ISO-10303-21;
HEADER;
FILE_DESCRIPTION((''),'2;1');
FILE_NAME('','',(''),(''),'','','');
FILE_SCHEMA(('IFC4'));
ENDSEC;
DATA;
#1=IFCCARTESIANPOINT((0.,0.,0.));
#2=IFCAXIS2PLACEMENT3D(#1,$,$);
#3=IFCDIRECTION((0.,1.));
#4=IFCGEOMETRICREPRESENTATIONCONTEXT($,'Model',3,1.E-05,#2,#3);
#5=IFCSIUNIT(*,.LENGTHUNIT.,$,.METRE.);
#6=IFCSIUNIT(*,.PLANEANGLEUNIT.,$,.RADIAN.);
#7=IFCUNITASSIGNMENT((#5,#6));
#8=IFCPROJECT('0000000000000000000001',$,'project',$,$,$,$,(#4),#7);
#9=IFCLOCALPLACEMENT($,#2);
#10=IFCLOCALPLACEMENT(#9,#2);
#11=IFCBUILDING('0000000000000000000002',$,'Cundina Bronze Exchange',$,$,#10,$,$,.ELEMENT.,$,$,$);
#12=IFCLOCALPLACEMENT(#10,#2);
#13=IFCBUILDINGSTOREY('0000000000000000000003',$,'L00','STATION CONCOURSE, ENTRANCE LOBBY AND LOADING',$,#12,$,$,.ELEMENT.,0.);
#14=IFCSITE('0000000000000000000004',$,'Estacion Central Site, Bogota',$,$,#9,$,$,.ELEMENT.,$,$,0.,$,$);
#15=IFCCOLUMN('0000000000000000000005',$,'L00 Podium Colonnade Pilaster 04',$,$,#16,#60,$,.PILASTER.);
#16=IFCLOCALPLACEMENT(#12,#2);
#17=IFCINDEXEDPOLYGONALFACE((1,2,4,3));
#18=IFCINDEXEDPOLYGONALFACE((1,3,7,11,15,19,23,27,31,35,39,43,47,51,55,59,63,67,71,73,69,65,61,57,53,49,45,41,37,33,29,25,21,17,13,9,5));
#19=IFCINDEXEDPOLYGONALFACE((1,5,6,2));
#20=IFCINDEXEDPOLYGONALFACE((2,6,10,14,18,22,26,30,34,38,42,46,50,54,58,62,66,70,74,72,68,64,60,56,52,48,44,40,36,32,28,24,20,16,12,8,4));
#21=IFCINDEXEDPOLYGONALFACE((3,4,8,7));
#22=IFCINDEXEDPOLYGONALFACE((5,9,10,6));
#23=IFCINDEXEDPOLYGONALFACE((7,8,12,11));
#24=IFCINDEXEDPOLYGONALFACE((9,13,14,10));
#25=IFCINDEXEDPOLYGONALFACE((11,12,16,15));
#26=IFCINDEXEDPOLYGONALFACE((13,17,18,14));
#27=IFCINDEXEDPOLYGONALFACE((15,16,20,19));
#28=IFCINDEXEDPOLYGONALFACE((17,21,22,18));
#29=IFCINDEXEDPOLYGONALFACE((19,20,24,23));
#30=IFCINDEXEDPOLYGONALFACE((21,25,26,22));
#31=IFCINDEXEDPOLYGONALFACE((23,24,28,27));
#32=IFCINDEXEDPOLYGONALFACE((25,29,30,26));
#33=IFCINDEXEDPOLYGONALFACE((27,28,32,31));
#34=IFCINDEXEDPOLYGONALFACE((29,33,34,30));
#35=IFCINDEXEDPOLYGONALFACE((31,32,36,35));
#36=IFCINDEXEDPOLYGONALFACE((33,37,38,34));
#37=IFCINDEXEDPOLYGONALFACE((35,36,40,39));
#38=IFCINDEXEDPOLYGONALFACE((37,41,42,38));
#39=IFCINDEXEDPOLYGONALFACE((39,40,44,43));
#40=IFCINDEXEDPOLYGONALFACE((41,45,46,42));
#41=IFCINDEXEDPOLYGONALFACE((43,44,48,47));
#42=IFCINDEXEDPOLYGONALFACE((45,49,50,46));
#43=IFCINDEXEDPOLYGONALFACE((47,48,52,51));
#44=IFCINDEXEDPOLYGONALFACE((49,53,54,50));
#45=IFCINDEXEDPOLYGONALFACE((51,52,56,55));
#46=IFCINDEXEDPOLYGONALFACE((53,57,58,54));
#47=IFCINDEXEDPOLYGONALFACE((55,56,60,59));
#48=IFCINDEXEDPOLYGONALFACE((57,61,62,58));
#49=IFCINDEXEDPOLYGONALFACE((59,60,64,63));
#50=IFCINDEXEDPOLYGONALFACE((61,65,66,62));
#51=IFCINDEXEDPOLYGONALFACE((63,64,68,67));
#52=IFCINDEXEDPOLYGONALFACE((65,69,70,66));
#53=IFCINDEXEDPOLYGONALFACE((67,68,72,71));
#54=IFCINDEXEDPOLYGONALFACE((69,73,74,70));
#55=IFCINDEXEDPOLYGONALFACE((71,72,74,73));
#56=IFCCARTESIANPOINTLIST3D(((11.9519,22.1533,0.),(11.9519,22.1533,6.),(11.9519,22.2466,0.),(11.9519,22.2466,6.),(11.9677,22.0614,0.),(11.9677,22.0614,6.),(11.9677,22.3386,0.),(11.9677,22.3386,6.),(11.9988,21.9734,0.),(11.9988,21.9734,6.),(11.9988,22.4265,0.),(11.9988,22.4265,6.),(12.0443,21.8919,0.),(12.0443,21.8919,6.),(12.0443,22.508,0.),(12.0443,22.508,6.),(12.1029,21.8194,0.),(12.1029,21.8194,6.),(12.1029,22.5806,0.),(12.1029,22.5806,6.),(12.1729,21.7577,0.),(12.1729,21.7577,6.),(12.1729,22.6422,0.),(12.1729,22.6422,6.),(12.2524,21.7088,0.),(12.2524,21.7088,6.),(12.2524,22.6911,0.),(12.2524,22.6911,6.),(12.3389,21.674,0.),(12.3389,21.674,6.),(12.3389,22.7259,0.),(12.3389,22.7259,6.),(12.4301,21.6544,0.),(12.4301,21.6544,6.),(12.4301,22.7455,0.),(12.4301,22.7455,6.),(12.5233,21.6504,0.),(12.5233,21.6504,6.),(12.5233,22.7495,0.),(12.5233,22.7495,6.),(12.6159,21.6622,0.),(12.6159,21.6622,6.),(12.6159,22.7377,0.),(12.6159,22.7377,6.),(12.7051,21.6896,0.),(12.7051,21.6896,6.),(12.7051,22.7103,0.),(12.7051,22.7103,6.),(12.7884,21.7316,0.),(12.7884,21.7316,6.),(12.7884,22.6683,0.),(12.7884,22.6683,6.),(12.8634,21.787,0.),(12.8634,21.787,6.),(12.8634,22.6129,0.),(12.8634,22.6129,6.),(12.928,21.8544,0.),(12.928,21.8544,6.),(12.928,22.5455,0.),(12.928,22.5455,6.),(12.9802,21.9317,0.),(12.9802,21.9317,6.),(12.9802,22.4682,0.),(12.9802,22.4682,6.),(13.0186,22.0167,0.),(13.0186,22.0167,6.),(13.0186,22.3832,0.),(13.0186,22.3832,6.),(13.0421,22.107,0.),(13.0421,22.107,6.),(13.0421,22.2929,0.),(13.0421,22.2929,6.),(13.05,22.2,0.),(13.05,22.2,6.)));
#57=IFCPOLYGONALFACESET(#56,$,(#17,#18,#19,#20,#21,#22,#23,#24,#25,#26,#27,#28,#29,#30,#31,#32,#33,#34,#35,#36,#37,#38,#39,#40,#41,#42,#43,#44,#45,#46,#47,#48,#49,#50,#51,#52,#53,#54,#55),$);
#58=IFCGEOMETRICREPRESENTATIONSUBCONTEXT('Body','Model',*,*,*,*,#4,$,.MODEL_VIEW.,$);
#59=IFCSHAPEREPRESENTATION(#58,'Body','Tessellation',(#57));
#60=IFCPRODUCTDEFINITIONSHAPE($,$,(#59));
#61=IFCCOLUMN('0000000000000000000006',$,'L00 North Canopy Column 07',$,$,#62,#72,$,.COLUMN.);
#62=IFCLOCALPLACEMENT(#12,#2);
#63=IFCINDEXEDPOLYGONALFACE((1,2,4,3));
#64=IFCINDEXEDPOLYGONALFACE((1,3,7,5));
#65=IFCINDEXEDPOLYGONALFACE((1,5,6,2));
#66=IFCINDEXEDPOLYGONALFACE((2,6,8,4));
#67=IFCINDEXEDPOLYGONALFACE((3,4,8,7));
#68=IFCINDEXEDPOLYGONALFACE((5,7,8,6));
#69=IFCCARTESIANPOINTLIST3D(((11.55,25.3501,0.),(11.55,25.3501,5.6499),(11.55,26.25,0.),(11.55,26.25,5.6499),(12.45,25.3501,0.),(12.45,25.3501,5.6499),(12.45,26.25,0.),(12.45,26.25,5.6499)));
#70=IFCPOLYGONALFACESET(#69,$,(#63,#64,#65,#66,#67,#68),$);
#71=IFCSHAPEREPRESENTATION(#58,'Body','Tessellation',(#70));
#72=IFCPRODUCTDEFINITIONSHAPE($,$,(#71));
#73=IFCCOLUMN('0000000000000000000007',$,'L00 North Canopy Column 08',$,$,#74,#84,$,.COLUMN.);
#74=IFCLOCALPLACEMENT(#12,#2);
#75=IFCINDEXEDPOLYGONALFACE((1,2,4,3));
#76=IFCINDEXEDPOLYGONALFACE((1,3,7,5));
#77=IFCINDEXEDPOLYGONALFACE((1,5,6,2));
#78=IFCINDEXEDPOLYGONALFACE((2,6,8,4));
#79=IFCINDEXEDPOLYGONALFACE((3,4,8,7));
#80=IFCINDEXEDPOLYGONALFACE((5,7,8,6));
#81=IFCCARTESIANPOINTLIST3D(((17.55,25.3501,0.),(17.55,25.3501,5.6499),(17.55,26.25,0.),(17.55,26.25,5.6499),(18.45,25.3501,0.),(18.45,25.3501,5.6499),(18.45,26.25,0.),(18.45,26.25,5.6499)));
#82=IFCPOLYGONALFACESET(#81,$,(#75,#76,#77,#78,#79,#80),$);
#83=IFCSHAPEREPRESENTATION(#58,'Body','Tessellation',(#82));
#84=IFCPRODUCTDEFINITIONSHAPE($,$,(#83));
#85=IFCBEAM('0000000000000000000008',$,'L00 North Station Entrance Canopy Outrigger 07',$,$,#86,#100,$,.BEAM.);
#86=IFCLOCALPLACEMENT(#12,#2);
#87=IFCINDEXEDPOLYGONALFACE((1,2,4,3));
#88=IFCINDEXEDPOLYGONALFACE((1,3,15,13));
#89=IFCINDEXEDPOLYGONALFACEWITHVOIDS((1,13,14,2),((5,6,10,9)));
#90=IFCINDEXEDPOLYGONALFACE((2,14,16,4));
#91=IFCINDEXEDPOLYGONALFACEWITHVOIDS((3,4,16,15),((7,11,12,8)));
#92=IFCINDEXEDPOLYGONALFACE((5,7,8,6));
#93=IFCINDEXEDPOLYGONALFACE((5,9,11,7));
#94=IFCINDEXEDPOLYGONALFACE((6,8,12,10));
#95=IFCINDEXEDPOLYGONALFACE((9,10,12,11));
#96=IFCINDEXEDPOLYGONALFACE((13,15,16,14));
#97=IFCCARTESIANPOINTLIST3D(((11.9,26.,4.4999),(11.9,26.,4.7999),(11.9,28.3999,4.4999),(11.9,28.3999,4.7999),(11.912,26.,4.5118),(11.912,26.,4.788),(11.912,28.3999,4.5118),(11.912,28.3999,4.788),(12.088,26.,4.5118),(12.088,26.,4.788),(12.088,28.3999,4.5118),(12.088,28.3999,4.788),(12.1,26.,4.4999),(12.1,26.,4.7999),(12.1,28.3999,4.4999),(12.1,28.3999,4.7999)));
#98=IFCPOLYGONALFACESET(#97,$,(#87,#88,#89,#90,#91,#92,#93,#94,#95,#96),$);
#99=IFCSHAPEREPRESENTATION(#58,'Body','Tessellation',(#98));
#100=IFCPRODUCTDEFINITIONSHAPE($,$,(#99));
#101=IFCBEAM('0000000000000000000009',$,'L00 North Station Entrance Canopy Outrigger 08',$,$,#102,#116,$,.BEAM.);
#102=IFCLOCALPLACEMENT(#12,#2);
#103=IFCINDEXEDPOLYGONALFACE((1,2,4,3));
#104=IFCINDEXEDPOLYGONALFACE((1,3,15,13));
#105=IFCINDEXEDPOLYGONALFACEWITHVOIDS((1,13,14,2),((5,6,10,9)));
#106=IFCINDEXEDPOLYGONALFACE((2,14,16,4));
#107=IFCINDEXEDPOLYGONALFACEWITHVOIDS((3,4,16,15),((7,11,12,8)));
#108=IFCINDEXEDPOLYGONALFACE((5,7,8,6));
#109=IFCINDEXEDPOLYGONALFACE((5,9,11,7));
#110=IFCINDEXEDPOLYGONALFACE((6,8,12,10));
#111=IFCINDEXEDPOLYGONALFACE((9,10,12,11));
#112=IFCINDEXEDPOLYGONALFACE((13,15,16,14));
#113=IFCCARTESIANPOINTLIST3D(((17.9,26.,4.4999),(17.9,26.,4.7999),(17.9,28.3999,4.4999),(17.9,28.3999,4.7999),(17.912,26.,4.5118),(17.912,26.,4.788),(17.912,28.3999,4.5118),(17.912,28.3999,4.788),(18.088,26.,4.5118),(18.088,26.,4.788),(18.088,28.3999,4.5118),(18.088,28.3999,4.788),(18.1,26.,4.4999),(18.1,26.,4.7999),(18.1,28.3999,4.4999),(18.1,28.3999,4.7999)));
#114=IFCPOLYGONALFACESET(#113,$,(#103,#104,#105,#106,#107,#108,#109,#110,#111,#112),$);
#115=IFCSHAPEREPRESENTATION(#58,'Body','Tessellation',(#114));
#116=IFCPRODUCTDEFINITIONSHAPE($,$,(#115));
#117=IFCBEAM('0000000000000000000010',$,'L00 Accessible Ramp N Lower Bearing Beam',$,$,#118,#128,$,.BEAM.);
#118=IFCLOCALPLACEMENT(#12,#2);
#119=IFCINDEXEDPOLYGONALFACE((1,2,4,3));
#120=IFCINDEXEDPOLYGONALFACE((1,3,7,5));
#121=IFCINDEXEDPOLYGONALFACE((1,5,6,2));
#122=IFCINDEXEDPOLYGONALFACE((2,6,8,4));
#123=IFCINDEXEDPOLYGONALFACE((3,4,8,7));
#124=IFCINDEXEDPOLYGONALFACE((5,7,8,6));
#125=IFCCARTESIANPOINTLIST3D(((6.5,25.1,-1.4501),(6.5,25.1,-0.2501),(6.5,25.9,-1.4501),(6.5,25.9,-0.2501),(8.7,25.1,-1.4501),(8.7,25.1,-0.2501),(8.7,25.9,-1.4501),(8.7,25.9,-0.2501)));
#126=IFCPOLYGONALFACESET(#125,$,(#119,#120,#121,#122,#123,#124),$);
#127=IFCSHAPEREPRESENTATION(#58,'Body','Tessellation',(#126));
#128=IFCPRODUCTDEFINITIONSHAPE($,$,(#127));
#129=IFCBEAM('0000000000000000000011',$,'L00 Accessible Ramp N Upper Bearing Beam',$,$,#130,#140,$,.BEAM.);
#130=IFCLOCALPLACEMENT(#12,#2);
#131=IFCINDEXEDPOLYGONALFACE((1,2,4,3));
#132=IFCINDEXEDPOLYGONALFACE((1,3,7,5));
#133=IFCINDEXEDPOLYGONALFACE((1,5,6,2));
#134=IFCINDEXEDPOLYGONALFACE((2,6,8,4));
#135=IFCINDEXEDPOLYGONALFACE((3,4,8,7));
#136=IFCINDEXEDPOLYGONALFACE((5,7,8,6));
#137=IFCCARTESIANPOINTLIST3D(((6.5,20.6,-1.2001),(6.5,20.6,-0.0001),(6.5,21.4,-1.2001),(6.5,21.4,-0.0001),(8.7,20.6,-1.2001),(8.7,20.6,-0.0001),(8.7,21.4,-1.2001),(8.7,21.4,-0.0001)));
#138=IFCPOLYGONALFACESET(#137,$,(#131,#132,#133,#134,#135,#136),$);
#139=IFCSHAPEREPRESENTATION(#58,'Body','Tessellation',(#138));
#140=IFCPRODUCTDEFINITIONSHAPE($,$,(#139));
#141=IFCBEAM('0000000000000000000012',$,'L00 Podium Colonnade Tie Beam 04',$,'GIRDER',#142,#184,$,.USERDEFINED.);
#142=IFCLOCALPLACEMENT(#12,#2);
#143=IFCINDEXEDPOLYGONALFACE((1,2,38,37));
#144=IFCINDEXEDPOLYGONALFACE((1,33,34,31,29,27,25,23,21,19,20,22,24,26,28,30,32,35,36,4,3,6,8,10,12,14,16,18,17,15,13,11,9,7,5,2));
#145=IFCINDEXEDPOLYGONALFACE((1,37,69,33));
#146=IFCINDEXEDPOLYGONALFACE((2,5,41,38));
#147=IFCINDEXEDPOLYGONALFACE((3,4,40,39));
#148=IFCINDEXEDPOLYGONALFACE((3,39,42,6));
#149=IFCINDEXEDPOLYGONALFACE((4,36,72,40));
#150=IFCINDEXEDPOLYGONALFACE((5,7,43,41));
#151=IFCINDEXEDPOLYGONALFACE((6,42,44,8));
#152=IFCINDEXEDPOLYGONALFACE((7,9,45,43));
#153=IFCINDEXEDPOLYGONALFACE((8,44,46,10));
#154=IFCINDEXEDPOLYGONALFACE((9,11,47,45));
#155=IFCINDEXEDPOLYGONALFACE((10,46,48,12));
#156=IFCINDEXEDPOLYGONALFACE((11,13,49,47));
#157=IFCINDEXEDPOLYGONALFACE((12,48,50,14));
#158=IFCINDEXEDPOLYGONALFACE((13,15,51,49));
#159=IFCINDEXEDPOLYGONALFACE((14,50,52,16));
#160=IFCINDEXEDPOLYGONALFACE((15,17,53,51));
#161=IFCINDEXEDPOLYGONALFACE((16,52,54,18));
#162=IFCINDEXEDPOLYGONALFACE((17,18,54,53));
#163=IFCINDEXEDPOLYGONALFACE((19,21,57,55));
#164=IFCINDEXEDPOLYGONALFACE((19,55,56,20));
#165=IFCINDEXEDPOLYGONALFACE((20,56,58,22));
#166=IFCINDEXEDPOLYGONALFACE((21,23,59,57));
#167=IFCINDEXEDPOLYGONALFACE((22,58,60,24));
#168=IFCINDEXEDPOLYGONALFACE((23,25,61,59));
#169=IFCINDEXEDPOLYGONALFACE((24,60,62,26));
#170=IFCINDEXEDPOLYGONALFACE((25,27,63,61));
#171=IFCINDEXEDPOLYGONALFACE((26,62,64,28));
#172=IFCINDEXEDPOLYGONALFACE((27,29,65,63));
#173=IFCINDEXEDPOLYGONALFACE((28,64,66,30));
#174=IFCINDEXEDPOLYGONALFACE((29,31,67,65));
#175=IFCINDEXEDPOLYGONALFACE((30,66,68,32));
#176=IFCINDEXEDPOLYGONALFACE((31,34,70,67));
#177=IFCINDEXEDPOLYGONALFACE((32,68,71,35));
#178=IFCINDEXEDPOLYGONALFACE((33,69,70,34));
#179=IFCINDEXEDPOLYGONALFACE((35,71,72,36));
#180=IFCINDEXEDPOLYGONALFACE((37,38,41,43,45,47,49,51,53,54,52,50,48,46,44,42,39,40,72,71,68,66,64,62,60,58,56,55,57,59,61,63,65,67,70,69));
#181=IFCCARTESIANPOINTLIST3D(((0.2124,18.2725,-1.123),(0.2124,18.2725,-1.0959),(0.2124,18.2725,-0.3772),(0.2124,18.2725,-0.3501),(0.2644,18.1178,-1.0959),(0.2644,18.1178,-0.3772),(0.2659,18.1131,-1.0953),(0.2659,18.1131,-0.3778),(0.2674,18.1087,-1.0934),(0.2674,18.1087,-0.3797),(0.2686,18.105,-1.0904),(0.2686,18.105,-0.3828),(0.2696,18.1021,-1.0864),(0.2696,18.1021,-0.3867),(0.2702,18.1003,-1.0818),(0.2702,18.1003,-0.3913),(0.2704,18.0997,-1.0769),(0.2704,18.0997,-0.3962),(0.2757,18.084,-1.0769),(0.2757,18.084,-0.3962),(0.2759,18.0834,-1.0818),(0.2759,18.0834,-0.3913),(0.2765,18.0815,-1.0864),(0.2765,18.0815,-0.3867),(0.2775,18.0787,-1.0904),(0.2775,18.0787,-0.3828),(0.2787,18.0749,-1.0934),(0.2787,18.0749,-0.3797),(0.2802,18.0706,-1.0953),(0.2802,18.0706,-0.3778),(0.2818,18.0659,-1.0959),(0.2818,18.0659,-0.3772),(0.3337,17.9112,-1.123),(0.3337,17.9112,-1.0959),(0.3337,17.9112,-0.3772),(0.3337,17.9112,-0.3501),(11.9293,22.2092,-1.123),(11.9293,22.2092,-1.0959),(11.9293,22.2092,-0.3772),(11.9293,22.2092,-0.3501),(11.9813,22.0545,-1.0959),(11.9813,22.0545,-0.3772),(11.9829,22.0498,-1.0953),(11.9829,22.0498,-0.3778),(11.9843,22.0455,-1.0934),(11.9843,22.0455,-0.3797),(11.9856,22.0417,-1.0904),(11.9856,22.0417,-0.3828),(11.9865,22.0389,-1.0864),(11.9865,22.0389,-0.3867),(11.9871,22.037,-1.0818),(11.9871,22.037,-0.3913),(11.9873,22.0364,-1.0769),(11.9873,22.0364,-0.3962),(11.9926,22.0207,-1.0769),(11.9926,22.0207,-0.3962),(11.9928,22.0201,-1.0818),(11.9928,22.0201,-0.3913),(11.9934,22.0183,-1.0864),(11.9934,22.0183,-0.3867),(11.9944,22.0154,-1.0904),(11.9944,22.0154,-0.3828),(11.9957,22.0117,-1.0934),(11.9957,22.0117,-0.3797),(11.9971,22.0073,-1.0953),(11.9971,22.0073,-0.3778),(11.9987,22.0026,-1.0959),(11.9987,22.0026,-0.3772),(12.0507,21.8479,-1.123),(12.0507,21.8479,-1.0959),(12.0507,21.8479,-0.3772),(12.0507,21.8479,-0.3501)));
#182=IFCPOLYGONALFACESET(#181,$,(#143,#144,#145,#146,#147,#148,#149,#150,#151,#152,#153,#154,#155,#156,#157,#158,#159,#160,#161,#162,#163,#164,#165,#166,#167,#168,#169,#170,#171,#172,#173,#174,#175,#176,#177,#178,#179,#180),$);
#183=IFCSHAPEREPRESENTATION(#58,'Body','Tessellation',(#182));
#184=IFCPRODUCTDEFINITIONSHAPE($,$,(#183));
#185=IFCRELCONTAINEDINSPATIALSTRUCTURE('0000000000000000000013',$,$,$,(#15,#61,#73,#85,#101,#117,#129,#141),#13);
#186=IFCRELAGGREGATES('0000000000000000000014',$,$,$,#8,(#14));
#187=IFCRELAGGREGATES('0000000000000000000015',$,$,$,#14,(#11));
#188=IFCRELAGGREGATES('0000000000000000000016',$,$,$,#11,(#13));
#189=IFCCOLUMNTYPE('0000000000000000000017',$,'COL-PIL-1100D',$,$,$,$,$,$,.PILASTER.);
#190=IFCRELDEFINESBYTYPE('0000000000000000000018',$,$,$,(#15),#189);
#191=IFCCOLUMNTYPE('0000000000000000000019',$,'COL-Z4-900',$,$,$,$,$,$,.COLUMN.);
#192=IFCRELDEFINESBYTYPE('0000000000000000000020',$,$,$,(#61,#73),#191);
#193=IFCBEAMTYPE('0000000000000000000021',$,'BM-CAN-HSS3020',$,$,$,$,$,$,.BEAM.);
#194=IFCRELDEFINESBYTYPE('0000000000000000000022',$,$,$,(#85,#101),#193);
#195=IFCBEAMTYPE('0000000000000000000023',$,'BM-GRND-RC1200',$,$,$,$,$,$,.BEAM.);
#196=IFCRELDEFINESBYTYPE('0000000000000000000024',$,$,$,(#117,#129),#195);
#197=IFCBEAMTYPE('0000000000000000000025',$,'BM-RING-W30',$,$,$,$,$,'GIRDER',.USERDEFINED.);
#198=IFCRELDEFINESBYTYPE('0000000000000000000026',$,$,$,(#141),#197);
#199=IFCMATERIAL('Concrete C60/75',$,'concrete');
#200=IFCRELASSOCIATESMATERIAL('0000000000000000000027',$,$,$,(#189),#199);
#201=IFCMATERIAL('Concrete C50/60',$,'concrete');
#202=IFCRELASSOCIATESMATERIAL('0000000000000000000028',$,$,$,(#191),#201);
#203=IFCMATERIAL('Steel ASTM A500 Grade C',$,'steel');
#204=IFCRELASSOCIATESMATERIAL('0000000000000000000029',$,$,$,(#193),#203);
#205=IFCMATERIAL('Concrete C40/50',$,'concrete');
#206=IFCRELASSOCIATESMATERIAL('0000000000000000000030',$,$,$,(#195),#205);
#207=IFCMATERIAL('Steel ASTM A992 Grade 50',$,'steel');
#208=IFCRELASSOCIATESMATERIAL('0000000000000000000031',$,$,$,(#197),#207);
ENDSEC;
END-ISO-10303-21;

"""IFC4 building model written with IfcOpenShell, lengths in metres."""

from ifc_helpers import new_model, si_unit, direction, frame, origin, origin_2d, place, context, subcontext, project, spatial, rectangle, hollow_rectangle, circle, i_section, extrude, material, material_profile, profile_set, type_object, element, save


model = new_model("IFC4")

# Units and contexts
model_context = context("Model", 3, precision=1e-05, world=origin(), true_north=direction((0.0, 1.0)))
body_context = subcontext(model_context, "Body", "Model", "MODEL_VIEW")
ifc_project = project(units=[si_unit("LENGTHUNIT", "METRE"), si_unit("PLANEANGLEUNIT", "RADIAN")], contexts=[model_context])

# Site, building, storey
site_placement = place(None, origin())
site = spatial("IfcSite", under=ifc_project, at=site_placement, Name="Estacion Central Site, Bogota", CompositionType="ELEMENT", RefElevation=0.0)
building_placement = place(site_placement, origin())
building = spatial("IfcBuilding", under=site, at=building_placement, Name="Cundina Bronze Exchange", CompositionType="ELEMENT")
storey_placement = place(building_placement, origin())
storey = spatial("IfcBuildingStorey", under=building, at=storey_placement, Name="L00", Description="STATION CONCOURSE, ENTRANCE LOBBY AND LOADING", CompositionType="ELEMENT", Elevation=0.0)

# Columns
ifc_material_1 = material(Name="Concrete C60/75", Category="concrete")
ifc_material_profile_1 = material_profile(ifc_material_1, circle(Radius=0.55, at=origin_2d()), Name="RC1100D", Category="concrete")
ifc_profile_set_1 = profile_set([ifc_material_profile_1], Name="Concrete C60/75")
column_type_1 = type_object("IfcColumnType", Name="COL-PIL-1100D", PredefinedType="PILASTER", material=ifc_profile_set_1)
column_placement = place(storey_placement, frame((12.5, 22.2, 0.0), z_axis=(0.0, 0.0, 1.0), x_axis=(1.0, 0.0, 0.0)))
element("IfcColumn", 1, at=column_placement, inside=storey, type_object=column_type_1, Name="L00 Podium Colonnade Pilaster 04", PredefinedType="PILASTER", context=body_context, shape_type="SweptSolid", body=[
    extrude(circle(Radius=0.55, at=origin_2d()), origin(), (0.0, 0.0, 1.0), 6.0),
])
ifc_material_2 = material(Name="Concrete C50/60", Category="concrete")
ifc_material_profile_2 = material_profile(ifc_material_2, rectangle(XDim=0.8999, YDim=0.8999, at=origin_2d()), Name="RC900X900", Category="concrete")
ifc_profile_set_2 = profile_set([ifc_material_profile_2], Name="Concrete C50/60")
column_type_2 = type_object("IfcColumnType", Name="COL-Z4-900", PredefinedType="COLUMN", material=ifc_profile_set_2)
for number, where, z_axis, x_axis, name in (
    (2, (12.0, 25.8, 0.0), (0.0, 0.0, 1.0), (1.0, 0.0, 0.0), "L00 North Canopy Column 07"),
    (3, (18.0, 25.8, 0.0), (0.0, 0.0, 1.0), (1.0, 0.0, 0.0), "L00 North Canopy Column 08"),
):
    element("IfcColumn", number, at=place(storey_placement, frame(where, z_axis=z_axis, x_axis=x_axis)), inside=storey, type_object=column_type_2, Name=name, PredefinedType="COLUMN", context=body_context, shape_type="SweptSolid", body=[
        extrude(rectangle(XDim=0.8999, YDim=0.8999, at=origin_2d()), origin(), (0.0, 0.0, 1.0), 5.6499),
    ])

# Beams
ifc_material_3 = material(Name="Steel ASTM A500 Grade C", Category="steel")
ifc_material_profile_3 = material_profile(ifc_material_3, hollow_rectangle(XDim=0.2, YDim=0.3, WallThickness=0.012, at=origin_2d()), Name="HSS300X200X12", Category="steel")
ifc_profile_set_3 = profile_set([ifc_material_profile_3], Name="Steel ASTM A500 Grade C")
beam_type_1 = type_object("IfcBeamType", Name="BM-CAN-HSS3020", PredefinedType="BEAM", material=ifc_profile_set_3)
for number, where, z_axis, x_axis, name in (
    (4, (12.0, 26.0, 4.6499), (0.0, 1.0, 0.0), (-1.0, 0.0, 0.0), "L00 North Station Entrance Canopy Outrigger 07"),
    (5, (18.0, 26.0, 4.6499), (0.0, 1.0, 0.0), (-1.0, 0.0, 0.0), "L00 North Station Entrance Canopy Outrigger 08"),
):
    element("IfcBeam", number, at=place(storey_placement, frame(where, z_axis=z_axis, x_axis=x_axis)), inside=storey, type_object=beam_type_1, Name=name, PredefinedType="BEAM", context=body_context, shape_type="SweptSolid", body=[
        extrude(hollow_rectangle(XDim=0.2, YDim=0.3, WallThickness=0.012, at=origin_2d()), origin(), (0.0, 0.0, 1.0), 2.3999),
    ])
ifc_material_4 = material(Name="Concrete C40/50", Category="concrete")
ifc_material_profile_4 = material_profile(ifc_material_4, rectangle(XDim=0.8, YDim=1.2, at=origin_2d()), Name="RC800X1200", Category="concrete")
ifc_profile_set_4 = profile_set([ifc_material_profile_4], Name="Concrete C40/50")
beam_type_2 = type_object("IfcBeamType", Name="BM-GRND-RC1200", PredefinedType="BEAM", material=ifc_profile_set_4)
for number, where, z_axis, x_axis, name in (
    (6, (6.5, 25.5, -0.8501), (1.0, 0.0, 0.0), (0.0, 1.0, 0.0), "L00 Accessible Ramp N Lower Bearing Beam"),
    (7, (6.5, 21.0, -0.6001), (1.0, 0.0, 0.0), (0.0, 1.0, 0.0), "L00 Accessible Ramp N Upper Bearing Beam"),
):
    element("IfcBeam", number, at=place(storey_placement, frame(where, z_axis=z_axis, x_axis=x_axis)), inside=storey, type_object=beam_type_2, Name=name, PredefinedType="BEAM", context=body_context, shape_type="SweptSolid", body=[
        extrude(rectangle(XDim=0.8, YDim=1.2, at=origin_2d()), origin(), (0.0, 0.0, 1.0), 2.2),
    ])
ifc_material_5 = material(Name="Steel ASTM A992 Grade 50", Category="steel")
ifc_material_profile_5 = material_profile(ifc_material_5, i_section(OverallWidth=0.3811, OverallDepth=0.7729, WebThickness=0.0166, FlangeThickness=0.0271, FilletRadius=0.019, at=origin_2d()), Name="W30X173", Category="steel")
ifc_profile_set_5 = profile_set([ifc_material_profile_5], Name="Steel ASTM A992 Grade 50")
beam_type_3 = type_object("IfcBeamType", Name="BM-RING-W30", ElementType="GIRDER", PredefinedType="USERDEFINED", material=ifc_profile_set_5)
beam_placement = place(storey_placement, frame((11.99, 22.0286, -0.7366), z_axis=(-0.947926, -0.31849, 0.0), x_axis=(0.31849, -0.947926, 0.0)))
element("IfcBeam", 8, at=beam_placement, inside=storey, type_object=beam_type_3, Name="L00 Podium Colonnade Tie Beam 04", ObjectType="GIRDER", PredefinedType="USERDEFINED", context=body_context, shape_type="SweptSolid", body=[
    extrude(i_section(OverallWidth=0.3811, OverallDepth=0.7729, WebThickness=0.0166, FlangeThickness=0.0271, FilletRadius=0.019, at=origin_2d()), origin(), (0.0, 0.0, 1.0), 12.3606),
])

save(model, "model.ifc")
